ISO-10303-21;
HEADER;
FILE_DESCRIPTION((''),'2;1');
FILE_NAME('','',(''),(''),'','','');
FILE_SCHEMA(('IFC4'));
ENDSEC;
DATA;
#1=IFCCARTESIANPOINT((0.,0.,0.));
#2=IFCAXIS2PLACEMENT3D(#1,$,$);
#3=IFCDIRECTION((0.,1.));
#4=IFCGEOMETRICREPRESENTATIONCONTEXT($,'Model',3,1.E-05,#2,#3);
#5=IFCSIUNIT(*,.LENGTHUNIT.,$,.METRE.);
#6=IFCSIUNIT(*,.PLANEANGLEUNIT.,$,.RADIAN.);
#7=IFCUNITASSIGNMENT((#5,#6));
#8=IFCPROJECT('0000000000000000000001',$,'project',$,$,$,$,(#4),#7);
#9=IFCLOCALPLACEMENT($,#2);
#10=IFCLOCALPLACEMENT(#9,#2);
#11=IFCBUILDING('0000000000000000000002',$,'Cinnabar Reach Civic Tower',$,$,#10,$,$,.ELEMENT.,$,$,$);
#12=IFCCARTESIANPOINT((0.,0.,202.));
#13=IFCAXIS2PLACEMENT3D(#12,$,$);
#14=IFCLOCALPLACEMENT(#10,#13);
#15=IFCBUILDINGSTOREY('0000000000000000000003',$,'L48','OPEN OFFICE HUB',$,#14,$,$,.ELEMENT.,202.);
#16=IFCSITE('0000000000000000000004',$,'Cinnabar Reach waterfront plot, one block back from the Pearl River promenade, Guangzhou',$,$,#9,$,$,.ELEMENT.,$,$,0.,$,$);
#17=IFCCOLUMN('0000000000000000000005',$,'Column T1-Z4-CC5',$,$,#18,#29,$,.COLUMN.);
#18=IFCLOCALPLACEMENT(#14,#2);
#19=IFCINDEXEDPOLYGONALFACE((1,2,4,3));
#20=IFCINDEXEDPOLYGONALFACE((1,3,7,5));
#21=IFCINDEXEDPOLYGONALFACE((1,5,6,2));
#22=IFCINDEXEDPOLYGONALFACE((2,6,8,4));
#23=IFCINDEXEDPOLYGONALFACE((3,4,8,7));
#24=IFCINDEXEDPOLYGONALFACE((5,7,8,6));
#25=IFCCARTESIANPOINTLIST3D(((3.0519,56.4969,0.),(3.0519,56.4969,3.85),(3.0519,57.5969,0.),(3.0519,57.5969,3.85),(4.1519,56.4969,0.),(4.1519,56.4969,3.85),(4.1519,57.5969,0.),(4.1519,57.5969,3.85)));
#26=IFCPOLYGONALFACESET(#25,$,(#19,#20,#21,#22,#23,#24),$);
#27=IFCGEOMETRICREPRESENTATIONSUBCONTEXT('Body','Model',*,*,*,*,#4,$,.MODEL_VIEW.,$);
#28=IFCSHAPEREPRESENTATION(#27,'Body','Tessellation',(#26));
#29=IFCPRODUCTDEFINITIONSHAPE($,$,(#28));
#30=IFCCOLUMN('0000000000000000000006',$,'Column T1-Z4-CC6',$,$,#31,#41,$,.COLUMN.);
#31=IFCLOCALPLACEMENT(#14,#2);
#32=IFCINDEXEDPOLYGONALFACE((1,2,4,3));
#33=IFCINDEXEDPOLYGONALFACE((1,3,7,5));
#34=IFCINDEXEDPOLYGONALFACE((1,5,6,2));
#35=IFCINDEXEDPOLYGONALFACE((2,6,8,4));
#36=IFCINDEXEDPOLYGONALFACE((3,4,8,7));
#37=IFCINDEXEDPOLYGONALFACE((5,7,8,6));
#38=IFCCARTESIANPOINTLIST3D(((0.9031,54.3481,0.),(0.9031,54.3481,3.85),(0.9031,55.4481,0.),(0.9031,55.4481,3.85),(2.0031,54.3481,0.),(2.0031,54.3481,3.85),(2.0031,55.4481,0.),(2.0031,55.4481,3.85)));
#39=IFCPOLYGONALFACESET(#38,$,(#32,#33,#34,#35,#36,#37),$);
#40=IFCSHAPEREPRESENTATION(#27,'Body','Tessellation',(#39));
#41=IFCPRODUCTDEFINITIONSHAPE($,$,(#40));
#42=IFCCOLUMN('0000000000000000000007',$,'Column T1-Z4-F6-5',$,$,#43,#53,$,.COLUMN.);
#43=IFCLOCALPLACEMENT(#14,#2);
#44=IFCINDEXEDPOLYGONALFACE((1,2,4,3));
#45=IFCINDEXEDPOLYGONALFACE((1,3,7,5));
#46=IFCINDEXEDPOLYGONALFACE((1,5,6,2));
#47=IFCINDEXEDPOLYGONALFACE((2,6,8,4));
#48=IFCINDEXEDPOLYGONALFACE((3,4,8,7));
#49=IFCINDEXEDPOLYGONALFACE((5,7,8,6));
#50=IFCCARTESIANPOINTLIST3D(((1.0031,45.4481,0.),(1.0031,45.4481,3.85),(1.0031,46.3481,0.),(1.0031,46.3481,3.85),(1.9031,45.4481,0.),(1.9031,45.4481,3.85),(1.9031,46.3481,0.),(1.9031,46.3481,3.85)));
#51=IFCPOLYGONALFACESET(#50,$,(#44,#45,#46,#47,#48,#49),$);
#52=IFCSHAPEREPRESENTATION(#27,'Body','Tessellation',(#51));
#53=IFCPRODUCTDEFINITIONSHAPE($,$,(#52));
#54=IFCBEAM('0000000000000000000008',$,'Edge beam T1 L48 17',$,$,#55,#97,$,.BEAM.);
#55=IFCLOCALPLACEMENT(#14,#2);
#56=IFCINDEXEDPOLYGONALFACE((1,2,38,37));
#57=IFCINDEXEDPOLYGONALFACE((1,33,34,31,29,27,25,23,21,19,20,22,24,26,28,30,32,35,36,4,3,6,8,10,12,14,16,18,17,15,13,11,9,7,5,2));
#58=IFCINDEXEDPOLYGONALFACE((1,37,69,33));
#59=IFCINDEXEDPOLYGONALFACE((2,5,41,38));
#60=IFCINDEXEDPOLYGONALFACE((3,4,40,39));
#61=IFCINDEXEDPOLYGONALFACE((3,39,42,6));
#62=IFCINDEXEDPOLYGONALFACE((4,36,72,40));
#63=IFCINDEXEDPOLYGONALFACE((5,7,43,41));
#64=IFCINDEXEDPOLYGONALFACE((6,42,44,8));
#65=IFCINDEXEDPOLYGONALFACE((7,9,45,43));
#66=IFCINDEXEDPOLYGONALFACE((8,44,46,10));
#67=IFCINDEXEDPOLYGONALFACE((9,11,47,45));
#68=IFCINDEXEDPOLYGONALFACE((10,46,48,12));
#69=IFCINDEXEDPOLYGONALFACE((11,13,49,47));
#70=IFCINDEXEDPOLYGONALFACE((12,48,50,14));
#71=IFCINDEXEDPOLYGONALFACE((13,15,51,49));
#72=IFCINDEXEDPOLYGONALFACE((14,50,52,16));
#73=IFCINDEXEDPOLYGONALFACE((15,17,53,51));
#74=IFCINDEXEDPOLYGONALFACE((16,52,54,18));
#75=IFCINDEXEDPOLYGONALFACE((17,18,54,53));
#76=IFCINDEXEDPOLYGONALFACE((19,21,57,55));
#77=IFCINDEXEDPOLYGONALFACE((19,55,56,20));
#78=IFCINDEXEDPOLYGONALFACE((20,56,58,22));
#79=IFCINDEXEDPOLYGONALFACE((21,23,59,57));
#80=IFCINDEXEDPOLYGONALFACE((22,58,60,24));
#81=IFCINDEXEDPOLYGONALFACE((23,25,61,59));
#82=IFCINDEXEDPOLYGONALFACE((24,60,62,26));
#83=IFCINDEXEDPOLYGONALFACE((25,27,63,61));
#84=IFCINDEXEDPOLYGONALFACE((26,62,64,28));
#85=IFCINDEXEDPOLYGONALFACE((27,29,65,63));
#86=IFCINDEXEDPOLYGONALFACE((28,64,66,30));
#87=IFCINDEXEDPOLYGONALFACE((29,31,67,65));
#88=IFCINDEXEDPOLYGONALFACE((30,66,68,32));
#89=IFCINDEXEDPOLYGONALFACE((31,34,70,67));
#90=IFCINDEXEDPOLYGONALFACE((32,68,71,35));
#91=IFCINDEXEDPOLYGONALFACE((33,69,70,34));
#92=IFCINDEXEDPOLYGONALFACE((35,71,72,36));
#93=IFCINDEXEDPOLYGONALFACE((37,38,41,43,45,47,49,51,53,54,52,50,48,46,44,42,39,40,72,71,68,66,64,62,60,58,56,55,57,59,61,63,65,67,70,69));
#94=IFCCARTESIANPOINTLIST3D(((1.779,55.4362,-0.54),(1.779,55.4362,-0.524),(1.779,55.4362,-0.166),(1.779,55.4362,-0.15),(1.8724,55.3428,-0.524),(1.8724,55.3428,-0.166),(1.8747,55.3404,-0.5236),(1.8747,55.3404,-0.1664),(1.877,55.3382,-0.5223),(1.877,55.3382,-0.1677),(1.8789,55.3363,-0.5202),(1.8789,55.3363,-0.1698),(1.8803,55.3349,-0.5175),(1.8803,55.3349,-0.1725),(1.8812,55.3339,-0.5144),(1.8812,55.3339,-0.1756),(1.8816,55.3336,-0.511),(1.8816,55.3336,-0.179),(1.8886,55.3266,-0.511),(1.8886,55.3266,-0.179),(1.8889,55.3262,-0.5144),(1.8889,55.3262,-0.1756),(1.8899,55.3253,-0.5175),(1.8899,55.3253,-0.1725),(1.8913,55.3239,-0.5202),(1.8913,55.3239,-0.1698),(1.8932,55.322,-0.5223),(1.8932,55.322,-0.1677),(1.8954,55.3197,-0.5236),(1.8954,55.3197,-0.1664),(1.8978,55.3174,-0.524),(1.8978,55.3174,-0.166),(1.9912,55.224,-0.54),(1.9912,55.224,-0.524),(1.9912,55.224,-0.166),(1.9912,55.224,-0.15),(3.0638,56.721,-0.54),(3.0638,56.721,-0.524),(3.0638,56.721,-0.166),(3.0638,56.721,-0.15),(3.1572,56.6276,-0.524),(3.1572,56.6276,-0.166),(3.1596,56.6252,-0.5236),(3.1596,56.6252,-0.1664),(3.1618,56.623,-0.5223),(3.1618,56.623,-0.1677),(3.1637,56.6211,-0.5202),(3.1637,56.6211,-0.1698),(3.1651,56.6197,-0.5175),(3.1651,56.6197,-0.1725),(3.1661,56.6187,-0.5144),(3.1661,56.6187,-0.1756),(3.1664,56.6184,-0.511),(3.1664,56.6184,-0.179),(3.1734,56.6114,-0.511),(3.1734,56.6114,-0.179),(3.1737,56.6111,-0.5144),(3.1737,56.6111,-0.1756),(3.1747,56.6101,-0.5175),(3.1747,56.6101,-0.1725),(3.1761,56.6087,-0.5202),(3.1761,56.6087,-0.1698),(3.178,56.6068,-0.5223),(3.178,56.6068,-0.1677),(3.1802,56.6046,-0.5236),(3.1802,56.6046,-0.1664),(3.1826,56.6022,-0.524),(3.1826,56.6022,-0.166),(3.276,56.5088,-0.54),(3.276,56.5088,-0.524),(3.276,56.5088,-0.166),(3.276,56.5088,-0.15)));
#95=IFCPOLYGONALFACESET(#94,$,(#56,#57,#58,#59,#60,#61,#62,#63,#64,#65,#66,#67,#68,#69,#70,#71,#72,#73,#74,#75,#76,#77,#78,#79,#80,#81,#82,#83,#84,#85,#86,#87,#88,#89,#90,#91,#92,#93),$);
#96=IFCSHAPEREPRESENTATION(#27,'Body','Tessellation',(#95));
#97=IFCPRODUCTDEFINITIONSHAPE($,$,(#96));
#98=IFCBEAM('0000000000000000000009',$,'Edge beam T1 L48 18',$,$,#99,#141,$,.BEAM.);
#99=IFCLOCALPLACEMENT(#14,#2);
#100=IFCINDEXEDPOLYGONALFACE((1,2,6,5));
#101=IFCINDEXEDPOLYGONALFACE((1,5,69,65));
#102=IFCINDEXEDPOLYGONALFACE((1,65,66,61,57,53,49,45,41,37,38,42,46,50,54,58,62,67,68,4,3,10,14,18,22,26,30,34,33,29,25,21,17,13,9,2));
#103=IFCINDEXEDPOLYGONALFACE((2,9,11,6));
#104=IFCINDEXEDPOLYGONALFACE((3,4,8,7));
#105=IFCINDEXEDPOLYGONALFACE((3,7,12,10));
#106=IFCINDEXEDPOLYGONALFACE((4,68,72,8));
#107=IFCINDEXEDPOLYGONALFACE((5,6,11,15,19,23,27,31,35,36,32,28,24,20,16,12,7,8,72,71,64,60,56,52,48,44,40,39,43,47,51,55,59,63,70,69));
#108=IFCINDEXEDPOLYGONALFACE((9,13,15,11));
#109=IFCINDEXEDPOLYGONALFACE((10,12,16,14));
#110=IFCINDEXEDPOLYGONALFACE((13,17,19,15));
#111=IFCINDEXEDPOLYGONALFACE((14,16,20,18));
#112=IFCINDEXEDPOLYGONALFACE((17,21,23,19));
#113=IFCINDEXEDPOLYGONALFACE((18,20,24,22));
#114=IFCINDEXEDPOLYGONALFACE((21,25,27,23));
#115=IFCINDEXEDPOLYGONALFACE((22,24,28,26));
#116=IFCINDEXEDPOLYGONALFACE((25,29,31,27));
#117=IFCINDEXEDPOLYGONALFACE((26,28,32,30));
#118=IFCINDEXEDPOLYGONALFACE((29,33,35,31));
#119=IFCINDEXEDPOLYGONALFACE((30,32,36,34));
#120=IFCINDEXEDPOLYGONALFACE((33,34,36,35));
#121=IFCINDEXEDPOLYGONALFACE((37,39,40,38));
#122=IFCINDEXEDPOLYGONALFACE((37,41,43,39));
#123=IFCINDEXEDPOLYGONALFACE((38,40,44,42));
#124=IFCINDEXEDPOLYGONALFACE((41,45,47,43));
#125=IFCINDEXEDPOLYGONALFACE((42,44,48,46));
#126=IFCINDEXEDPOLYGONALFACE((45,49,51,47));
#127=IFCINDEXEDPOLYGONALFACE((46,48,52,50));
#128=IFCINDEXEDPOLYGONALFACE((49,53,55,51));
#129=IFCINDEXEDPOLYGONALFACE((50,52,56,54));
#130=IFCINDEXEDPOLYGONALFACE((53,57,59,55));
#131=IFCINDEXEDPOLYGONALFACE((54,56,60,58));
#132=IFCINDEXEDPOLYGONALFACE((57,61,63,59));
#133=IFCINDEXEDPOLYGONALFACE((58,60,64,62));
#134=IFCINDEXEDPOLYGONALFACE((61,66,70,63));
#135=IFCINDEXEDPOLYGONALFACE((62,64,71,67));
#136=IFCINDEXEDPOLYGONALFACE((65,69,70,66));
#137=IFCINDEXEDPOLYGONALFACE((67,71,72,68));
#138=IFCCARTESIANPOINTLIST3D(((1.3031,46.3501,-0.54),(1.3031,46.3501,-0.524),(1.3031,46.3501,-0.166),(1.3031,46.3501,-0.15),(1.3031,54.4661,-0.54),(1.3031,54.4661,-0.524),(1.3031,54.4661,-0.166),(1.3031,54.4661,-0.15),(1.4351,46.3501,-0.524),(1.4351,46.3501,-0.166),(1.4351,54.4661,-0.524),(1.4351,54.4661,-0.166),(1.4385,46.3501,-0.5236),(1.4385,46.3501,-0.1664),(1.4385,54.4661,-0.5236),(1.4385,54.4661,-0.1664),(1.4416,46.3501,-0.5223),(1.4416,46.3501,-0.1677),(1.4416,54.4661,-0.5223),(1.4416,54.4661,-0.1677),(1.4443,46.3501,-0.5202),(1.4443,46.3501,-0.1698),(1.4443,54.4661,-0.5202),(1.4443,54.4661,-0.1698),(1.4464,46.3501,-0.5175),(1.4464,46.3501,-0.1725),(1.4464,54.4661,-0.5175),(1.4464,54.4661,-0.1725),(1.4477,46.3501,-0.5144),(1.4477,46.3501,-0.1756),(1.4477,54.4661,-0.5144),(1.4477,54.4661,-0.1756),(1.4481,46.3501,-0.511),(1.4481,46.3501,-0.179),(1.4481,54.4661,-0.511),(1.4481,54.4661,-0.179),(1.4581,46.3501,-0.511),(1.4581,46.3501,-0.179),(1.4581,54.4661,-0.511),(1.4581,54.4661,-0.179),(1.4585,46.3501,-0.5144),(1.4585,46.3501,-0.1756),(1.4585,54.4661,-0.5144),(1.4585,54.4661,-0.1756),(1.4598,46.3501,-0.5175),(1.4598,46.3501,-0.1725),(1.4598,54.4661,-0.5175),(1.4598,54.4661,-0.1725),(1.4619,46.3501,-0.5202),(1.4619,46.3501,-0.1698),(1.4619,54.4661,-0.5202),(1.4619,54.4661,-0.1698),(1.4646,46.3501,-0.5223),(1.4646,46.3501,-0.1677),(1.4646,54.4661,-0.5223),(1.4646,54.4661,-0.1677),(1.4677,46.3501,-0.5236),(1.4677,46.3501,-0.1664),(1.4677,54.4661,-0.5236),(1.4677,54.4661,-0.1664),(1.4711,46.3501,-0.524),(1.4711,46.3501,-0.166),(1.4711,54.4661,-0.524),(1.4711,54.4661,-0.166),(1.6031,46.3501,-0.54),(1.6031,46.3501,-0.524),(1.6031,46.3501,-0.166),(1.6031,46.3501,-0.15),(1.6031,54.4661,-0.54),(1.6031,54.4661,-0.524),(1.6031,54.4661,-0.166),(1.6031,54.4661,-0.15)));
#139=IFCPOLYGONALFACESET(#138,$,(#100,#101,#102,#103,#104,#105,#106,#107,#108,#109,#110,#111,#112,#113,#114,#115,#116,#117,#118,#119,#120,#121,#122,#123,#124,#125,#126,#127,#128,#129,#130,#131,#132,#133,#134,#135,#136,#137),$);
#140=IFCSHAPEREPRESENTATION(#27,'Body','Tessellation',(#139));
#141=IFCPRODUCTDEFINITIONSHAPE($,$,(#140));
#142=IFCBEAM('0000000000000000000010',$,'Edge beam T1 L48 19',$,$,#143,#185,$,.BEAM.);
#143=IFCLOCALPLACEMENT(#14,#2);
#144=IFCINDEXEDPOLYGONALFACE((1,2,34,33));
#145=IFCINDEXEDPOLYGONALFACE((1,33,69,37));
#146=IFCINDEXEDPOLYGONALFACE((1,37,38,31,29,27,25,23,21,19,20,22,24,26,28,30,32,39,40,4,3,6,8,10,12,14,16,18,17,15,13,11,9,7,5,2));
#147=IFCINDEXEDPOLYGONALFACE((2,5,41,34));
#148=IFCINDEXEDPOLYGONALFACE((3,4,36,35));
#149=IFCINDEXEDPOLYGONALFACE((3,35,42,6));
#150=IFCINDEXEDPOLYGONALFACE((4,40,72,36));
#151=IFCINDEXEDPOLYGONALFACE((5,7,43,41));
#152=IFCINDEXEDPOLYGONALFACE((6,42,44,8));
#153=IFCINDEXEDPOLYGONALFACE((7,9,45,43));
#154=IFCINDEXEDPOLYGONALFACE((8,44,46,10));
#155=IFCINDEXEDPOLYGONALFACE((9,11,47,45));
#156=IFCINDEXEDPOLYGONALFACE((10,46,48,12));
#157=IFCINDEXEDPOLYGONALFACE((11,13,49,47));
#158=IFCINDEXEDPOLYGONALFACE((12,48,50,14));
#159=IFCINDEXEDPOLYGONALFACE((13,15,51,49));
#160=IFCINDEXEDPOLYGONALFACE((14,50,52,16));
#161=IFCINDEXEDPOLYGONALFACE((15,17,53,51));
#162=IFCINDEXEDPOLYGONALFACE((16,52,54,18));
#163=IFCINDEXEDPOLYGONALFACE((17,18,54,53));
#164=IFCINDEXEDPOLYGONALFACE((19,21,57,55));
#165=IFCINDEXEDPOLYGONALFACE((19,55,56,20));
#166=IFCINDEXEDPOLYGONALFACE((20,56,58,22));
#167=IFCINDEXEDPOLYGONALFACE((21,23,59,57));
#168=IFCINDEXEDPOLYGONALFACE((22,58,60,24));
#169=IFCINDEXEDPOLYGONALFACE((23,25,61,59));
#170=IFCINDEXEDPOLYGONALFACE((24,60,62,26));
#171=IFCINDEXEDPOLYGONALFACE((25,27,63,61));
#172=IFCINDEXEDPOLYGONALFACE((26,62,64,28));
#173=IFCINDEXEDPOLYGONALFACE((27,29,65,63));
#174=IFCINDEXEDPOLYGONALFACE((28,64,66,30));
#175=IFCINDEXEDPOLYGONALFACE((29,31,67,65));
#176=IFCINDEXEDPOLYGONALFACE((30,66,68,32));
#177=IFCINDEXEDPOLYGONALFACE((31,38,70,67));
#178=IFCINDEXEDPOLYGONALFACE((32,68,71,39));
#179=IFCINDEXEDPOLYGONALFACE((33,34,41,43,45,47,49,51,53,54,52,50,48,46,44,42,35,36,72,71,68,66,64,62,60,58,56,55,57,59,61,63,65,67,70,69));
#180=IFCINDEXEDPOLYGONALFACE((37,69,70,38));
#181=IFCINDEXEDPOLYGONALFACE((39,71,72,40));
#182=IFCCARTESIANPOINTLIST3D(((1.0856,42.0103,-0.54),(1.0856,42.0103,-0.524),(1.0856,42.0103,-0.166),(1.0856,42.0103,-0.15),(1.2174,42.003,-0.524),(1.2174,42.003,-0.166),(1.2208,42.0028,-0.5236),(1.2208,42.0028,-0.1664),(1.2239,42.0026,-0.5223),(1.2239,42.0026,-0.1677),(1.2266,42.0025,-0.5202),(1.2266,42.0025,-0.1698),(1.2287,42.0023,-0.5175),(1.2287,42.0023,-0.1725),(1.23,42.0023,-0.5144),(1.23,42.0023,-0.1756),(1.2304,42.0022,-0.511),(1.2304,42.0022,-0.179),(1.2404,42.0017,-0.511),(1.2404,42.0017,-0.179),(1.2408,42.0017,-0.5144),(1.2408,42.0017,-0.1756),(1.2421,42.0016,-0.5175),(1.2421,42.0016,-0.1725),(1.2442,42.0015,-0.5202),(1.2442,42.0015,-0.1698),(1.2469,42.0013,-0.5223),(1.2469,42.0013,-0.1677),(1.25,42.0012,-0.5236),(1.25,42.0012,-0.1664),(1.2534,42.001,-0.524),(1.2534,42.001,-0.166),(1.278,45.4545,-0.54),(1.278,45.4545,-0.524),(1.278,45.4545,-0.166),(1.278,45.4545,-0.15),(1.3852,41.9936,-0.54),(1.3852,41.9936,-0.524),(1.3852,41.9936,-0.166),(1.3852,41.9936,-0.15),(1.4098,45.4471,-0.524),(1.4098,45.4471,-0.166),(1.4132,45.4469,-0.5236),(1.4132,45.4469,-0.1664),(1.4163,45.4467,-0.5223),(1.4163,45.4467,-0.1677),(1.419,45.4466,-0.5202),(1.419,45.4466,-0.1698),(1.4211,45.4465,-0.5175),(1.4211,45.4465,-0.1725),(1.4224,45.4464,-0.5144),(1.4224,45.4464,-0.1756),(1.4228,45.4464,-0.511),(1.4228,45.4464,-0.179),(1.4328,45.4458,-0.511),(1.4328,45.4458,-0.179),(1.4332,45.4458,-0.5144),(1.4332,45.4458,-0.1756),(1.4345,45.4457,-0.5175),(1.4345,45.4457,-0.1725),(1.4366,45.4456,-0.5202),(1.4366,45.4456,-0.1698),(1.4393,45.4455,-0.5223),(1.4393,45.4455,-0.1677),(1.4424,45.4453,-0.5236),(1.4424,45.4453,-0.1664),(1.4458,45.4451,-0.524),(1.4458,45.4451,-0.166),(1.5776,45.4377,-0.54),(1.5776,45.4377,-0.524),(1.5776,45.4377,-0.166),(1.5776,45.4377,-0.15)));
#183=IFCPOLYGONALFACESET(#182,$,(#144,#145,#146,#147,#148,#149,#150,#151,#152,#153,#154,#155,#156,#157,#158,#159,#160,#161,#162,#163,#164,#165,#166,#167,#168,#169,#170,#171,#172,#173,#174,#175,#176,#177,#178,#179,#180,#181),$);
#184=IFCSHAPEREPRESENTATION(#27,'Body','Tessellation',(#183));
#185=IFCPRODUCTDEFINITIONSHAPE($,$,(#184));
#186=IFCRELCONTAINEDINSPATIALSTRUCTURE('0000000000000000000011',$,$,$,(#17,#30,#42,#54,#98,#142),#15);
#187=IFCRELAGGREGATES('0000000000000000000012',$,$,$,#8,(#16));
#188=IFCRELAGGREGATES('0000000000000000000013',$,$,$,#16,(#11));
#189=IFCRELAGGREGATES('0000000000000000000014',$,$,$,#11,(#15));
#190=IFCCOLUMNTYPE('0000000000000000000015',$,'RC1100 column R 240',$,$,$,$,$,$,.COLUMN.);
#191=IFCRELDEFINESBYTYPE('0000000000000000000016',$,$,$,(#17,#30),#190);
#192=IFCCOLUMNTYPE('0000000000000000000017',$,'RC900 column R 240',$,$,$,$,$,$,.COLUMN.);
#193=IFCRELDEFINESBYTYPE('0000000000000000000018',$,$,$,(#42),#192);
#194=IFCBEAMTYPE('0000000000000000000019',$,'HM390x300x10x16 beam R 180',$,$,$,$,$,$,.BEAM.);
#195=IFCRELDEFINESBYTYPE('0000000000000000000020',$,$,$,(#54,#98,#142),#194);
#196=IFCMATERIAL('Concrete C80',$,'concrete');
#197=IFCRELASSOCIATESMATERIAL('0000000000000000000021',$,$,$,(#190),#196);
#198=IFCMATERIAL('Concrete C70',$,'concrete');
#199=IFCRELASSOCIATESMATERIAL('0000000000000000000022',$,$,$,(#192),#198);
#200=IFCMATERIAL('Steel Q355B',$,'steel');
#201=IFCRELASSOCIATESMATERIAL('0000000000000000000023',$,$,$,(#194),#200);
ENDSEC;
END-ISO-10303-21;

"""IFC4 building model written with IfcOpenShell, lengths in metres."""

from ifc_helpers import new_model, si_unit, direction, frame, origin, origin_2d, place, context, subcontext, project, spatial, rectangle, i_section, extrude, material, material_profile, profile_set, type_object, element, save


model = new_model("IFC4")

# Units and contexts
model_context = context("Model", 3, precision=1e-05, world=origin(), true_north=direction((0.0, 1.0)))
body_context = subcontext(model_context, "Body", "Model", "MODEL_VIEW")
ifc_project = project(units=[si_unit("LENGTHUNIT", "METRE"), si_unit("PLANEANGLEUNIT", "RADIAN")], contexts=[model_context])

# Site, building, storey
site_placement = place(None, origin())
site = spatial("IfcSite", under=ifc_project, at=site_placement, Name="Cinnabar Reach waterfront plot, one block back from the Pearl River promenade, Guangzhou", CompositionType="ELEMENT", RefElevation=0.0)
building_placement = place(site_placement, origin())
building = spatial("IfcBuilding", under=site, at=building_placement, Name="Cinnabar Reach Civic Tower", CompositionType="ELEMENT")
storey_placement = place(building_placement, frame((0.0, 0.0, 202.0)))
storey = spatial("IfcBuildingStorey", under=building, at=storey_placement, Name="L48", Description="OPEN OFFICE HUB", CompositionType="ELEMENT", Elevation=202.0)

# Columns
ifc_material_1 = material(Name="Concrete C80", Category="concrete")
ifc_material_profile_1 = material_profile(ifc_material_1, rectangle(XDim=1.1, YDim=1.1, at=origin_2d()), Name="RC1100")
ifc_profile_set_1 = profile_set([ifc_material_profile_1], Name="Concrete C80")
column_type_1 = type_object("IfcColumnType", Name="RC1100 column R 240", PredefinedType="COLUMN", material=ifc_profile_set_1)
for number, where, z_axis, x_axis, name in (
    (1, (3.6019, 57.0469, 0.0), (0.0, 0.0, 1.0), (1.0, 0.0, 0.0), "Column T1-Z4-CC5"),
    (2, (1.4531, 54.8981, 0.0), (0.0, 0.0, 1.0), (1.0, 0.0, 0.0), "Column T1-Z4-CC6"),
):
    element("IfcColumn", number, at=place(storey_placement, frame(where, z_axis=z_axis, x_axis=x_axis)), inside=storey, type_object=column_type_1, Name=name, PredefinedType="COLUMN", context=body_context, shape_type="SweptSolid", body=[
        extrude(rectangle(XDim=1.1, YDim=1.1, at=origin_2d()), origin(), (0.0, 0.0, 1.0), 3.85),
    ])
ifc_material_2 = material(Name="Concrete C70", Category="concrete")
ifc_material_profile_2 = material_profile(ifc_material_2, rectangle(XDim=0.9, YDim=0.9, at=origin_2d()), Name="RC900")
ifc_profile_set_2 = profile_set([ifc_material_profile_2], Name="Concrete C70")
column_type_2 = type_object("IfcColumnType", Name="RC900 column R 240", PredefinedType="COLUMN", material=ifc_profile_set_2)
column_placement = place(storey_placement, frame((1.4531, 45.8981, 0.0), z_axis=(0.0, 0.0, 1.0), x_axis=(1.0, 0.0, 0.0)))
element("IfcColumn", 3, at=column_placement, inside=storey, type_object=column_type_2, Name="Column T1-Z4-F6-5", PredefinedType="COLUMN", context=body_context, shape_type="SweptSolid", body=[
    extrude(rectangle(XDim=0.9, YDim=0.9, at=origin_2d()), origin(), (0.0, 0.0, 1.0), 3.85),
])

# Beams
ifc_material_3 = material(Name="Steel Q355B", Category="steel")
ifc_material_profile_3 = material_profile(ifc_material_3, i_section(OverallWidth=0.3, OverallDepth=0.39, WebThickness=0.01, FlangeThickness=0.016, FilletRadius=0.013, at=origin_2d()), Name="HM390x300x10x16")
ifc_profile_set_3 = profile_set([ifc_material_profile_3], Name="Steel Q355B")
beam_type_1 = type_object("IfcBeamType", Name="HM390x300x10x16 beam R 180", PredefinedType="BEAM", material=ifc_profile_set_3)
beam_1_placement = place(storey_placement, frame((3.1699, 56.6149, -0.345), z_axis=(-0.707107, -0.707107, 0.0), x_axis=(0.707107, -0.707107, 0.0)))
element("IfcBeam", 4, at=beam_1_placement, inside=storey, type_object=beam_type_1, Name="Edge beam T1 L48 17", PredefinedType="BEAM", context=body_context, shape_type="SweptSolid", body=[
    extrude(i_section(OverallWidth=0.3, OverallDepth=0.39, WebThickness=0.01, FlangeThickness=0.016, FilletRadius=0.013, at=origin_2d()), origin(), (0.0, 0.0, 1.0), 1.817),
])
beam_2_placement = place(storey_placement, frame((1.4531, 54.4661, -0.345), z_axis=(0.0, -1.0, 0.0), x_axis=(1.0, 0.0, 0.0)))
element("IfcBeam", 5, at=beam_2_placement, inside=storey, type_object=beam_type_1, Name="Edge beam T1 L48 18", PredefinedType="BEAM", context=body_context, shape_type="SweptSolid", body=[
    extrude(i_section(OverallWidth=0.3, OverallDepth=0.39, WebThickness=0.01, FlangeThickness=0.016, FilletRadius=0.013, at=origin_2d()), origin(), (0.0, 0.0, 1.0), 8.116),
])
beam_3_placement = place(storey_placement, frame((1.4278, 45.4461, -0.345), z_axis=(-0.055777, -0.998443, 0.0), x_axis=(0.998443, -0.055777, 0.0)))
element("IfcBeam", 6, at=beam_3_placement, inside=storey, type_object=beam_type_1, Name="Edge beam T1 L48 19", PredefinedType="BEAM", context=body_context, shape_type="SweptSolid", body=[
    extrude(i_section(OverallWidth=0.3, OverallDepth=0.39, WebThickness=0.01, FlangeThickness=0.016, FilletRadius=0.013, at=origin_2d()), origin(), (0.0, 0.0, 1.0), 3.4495),
])

save(model, "model.ifc")
